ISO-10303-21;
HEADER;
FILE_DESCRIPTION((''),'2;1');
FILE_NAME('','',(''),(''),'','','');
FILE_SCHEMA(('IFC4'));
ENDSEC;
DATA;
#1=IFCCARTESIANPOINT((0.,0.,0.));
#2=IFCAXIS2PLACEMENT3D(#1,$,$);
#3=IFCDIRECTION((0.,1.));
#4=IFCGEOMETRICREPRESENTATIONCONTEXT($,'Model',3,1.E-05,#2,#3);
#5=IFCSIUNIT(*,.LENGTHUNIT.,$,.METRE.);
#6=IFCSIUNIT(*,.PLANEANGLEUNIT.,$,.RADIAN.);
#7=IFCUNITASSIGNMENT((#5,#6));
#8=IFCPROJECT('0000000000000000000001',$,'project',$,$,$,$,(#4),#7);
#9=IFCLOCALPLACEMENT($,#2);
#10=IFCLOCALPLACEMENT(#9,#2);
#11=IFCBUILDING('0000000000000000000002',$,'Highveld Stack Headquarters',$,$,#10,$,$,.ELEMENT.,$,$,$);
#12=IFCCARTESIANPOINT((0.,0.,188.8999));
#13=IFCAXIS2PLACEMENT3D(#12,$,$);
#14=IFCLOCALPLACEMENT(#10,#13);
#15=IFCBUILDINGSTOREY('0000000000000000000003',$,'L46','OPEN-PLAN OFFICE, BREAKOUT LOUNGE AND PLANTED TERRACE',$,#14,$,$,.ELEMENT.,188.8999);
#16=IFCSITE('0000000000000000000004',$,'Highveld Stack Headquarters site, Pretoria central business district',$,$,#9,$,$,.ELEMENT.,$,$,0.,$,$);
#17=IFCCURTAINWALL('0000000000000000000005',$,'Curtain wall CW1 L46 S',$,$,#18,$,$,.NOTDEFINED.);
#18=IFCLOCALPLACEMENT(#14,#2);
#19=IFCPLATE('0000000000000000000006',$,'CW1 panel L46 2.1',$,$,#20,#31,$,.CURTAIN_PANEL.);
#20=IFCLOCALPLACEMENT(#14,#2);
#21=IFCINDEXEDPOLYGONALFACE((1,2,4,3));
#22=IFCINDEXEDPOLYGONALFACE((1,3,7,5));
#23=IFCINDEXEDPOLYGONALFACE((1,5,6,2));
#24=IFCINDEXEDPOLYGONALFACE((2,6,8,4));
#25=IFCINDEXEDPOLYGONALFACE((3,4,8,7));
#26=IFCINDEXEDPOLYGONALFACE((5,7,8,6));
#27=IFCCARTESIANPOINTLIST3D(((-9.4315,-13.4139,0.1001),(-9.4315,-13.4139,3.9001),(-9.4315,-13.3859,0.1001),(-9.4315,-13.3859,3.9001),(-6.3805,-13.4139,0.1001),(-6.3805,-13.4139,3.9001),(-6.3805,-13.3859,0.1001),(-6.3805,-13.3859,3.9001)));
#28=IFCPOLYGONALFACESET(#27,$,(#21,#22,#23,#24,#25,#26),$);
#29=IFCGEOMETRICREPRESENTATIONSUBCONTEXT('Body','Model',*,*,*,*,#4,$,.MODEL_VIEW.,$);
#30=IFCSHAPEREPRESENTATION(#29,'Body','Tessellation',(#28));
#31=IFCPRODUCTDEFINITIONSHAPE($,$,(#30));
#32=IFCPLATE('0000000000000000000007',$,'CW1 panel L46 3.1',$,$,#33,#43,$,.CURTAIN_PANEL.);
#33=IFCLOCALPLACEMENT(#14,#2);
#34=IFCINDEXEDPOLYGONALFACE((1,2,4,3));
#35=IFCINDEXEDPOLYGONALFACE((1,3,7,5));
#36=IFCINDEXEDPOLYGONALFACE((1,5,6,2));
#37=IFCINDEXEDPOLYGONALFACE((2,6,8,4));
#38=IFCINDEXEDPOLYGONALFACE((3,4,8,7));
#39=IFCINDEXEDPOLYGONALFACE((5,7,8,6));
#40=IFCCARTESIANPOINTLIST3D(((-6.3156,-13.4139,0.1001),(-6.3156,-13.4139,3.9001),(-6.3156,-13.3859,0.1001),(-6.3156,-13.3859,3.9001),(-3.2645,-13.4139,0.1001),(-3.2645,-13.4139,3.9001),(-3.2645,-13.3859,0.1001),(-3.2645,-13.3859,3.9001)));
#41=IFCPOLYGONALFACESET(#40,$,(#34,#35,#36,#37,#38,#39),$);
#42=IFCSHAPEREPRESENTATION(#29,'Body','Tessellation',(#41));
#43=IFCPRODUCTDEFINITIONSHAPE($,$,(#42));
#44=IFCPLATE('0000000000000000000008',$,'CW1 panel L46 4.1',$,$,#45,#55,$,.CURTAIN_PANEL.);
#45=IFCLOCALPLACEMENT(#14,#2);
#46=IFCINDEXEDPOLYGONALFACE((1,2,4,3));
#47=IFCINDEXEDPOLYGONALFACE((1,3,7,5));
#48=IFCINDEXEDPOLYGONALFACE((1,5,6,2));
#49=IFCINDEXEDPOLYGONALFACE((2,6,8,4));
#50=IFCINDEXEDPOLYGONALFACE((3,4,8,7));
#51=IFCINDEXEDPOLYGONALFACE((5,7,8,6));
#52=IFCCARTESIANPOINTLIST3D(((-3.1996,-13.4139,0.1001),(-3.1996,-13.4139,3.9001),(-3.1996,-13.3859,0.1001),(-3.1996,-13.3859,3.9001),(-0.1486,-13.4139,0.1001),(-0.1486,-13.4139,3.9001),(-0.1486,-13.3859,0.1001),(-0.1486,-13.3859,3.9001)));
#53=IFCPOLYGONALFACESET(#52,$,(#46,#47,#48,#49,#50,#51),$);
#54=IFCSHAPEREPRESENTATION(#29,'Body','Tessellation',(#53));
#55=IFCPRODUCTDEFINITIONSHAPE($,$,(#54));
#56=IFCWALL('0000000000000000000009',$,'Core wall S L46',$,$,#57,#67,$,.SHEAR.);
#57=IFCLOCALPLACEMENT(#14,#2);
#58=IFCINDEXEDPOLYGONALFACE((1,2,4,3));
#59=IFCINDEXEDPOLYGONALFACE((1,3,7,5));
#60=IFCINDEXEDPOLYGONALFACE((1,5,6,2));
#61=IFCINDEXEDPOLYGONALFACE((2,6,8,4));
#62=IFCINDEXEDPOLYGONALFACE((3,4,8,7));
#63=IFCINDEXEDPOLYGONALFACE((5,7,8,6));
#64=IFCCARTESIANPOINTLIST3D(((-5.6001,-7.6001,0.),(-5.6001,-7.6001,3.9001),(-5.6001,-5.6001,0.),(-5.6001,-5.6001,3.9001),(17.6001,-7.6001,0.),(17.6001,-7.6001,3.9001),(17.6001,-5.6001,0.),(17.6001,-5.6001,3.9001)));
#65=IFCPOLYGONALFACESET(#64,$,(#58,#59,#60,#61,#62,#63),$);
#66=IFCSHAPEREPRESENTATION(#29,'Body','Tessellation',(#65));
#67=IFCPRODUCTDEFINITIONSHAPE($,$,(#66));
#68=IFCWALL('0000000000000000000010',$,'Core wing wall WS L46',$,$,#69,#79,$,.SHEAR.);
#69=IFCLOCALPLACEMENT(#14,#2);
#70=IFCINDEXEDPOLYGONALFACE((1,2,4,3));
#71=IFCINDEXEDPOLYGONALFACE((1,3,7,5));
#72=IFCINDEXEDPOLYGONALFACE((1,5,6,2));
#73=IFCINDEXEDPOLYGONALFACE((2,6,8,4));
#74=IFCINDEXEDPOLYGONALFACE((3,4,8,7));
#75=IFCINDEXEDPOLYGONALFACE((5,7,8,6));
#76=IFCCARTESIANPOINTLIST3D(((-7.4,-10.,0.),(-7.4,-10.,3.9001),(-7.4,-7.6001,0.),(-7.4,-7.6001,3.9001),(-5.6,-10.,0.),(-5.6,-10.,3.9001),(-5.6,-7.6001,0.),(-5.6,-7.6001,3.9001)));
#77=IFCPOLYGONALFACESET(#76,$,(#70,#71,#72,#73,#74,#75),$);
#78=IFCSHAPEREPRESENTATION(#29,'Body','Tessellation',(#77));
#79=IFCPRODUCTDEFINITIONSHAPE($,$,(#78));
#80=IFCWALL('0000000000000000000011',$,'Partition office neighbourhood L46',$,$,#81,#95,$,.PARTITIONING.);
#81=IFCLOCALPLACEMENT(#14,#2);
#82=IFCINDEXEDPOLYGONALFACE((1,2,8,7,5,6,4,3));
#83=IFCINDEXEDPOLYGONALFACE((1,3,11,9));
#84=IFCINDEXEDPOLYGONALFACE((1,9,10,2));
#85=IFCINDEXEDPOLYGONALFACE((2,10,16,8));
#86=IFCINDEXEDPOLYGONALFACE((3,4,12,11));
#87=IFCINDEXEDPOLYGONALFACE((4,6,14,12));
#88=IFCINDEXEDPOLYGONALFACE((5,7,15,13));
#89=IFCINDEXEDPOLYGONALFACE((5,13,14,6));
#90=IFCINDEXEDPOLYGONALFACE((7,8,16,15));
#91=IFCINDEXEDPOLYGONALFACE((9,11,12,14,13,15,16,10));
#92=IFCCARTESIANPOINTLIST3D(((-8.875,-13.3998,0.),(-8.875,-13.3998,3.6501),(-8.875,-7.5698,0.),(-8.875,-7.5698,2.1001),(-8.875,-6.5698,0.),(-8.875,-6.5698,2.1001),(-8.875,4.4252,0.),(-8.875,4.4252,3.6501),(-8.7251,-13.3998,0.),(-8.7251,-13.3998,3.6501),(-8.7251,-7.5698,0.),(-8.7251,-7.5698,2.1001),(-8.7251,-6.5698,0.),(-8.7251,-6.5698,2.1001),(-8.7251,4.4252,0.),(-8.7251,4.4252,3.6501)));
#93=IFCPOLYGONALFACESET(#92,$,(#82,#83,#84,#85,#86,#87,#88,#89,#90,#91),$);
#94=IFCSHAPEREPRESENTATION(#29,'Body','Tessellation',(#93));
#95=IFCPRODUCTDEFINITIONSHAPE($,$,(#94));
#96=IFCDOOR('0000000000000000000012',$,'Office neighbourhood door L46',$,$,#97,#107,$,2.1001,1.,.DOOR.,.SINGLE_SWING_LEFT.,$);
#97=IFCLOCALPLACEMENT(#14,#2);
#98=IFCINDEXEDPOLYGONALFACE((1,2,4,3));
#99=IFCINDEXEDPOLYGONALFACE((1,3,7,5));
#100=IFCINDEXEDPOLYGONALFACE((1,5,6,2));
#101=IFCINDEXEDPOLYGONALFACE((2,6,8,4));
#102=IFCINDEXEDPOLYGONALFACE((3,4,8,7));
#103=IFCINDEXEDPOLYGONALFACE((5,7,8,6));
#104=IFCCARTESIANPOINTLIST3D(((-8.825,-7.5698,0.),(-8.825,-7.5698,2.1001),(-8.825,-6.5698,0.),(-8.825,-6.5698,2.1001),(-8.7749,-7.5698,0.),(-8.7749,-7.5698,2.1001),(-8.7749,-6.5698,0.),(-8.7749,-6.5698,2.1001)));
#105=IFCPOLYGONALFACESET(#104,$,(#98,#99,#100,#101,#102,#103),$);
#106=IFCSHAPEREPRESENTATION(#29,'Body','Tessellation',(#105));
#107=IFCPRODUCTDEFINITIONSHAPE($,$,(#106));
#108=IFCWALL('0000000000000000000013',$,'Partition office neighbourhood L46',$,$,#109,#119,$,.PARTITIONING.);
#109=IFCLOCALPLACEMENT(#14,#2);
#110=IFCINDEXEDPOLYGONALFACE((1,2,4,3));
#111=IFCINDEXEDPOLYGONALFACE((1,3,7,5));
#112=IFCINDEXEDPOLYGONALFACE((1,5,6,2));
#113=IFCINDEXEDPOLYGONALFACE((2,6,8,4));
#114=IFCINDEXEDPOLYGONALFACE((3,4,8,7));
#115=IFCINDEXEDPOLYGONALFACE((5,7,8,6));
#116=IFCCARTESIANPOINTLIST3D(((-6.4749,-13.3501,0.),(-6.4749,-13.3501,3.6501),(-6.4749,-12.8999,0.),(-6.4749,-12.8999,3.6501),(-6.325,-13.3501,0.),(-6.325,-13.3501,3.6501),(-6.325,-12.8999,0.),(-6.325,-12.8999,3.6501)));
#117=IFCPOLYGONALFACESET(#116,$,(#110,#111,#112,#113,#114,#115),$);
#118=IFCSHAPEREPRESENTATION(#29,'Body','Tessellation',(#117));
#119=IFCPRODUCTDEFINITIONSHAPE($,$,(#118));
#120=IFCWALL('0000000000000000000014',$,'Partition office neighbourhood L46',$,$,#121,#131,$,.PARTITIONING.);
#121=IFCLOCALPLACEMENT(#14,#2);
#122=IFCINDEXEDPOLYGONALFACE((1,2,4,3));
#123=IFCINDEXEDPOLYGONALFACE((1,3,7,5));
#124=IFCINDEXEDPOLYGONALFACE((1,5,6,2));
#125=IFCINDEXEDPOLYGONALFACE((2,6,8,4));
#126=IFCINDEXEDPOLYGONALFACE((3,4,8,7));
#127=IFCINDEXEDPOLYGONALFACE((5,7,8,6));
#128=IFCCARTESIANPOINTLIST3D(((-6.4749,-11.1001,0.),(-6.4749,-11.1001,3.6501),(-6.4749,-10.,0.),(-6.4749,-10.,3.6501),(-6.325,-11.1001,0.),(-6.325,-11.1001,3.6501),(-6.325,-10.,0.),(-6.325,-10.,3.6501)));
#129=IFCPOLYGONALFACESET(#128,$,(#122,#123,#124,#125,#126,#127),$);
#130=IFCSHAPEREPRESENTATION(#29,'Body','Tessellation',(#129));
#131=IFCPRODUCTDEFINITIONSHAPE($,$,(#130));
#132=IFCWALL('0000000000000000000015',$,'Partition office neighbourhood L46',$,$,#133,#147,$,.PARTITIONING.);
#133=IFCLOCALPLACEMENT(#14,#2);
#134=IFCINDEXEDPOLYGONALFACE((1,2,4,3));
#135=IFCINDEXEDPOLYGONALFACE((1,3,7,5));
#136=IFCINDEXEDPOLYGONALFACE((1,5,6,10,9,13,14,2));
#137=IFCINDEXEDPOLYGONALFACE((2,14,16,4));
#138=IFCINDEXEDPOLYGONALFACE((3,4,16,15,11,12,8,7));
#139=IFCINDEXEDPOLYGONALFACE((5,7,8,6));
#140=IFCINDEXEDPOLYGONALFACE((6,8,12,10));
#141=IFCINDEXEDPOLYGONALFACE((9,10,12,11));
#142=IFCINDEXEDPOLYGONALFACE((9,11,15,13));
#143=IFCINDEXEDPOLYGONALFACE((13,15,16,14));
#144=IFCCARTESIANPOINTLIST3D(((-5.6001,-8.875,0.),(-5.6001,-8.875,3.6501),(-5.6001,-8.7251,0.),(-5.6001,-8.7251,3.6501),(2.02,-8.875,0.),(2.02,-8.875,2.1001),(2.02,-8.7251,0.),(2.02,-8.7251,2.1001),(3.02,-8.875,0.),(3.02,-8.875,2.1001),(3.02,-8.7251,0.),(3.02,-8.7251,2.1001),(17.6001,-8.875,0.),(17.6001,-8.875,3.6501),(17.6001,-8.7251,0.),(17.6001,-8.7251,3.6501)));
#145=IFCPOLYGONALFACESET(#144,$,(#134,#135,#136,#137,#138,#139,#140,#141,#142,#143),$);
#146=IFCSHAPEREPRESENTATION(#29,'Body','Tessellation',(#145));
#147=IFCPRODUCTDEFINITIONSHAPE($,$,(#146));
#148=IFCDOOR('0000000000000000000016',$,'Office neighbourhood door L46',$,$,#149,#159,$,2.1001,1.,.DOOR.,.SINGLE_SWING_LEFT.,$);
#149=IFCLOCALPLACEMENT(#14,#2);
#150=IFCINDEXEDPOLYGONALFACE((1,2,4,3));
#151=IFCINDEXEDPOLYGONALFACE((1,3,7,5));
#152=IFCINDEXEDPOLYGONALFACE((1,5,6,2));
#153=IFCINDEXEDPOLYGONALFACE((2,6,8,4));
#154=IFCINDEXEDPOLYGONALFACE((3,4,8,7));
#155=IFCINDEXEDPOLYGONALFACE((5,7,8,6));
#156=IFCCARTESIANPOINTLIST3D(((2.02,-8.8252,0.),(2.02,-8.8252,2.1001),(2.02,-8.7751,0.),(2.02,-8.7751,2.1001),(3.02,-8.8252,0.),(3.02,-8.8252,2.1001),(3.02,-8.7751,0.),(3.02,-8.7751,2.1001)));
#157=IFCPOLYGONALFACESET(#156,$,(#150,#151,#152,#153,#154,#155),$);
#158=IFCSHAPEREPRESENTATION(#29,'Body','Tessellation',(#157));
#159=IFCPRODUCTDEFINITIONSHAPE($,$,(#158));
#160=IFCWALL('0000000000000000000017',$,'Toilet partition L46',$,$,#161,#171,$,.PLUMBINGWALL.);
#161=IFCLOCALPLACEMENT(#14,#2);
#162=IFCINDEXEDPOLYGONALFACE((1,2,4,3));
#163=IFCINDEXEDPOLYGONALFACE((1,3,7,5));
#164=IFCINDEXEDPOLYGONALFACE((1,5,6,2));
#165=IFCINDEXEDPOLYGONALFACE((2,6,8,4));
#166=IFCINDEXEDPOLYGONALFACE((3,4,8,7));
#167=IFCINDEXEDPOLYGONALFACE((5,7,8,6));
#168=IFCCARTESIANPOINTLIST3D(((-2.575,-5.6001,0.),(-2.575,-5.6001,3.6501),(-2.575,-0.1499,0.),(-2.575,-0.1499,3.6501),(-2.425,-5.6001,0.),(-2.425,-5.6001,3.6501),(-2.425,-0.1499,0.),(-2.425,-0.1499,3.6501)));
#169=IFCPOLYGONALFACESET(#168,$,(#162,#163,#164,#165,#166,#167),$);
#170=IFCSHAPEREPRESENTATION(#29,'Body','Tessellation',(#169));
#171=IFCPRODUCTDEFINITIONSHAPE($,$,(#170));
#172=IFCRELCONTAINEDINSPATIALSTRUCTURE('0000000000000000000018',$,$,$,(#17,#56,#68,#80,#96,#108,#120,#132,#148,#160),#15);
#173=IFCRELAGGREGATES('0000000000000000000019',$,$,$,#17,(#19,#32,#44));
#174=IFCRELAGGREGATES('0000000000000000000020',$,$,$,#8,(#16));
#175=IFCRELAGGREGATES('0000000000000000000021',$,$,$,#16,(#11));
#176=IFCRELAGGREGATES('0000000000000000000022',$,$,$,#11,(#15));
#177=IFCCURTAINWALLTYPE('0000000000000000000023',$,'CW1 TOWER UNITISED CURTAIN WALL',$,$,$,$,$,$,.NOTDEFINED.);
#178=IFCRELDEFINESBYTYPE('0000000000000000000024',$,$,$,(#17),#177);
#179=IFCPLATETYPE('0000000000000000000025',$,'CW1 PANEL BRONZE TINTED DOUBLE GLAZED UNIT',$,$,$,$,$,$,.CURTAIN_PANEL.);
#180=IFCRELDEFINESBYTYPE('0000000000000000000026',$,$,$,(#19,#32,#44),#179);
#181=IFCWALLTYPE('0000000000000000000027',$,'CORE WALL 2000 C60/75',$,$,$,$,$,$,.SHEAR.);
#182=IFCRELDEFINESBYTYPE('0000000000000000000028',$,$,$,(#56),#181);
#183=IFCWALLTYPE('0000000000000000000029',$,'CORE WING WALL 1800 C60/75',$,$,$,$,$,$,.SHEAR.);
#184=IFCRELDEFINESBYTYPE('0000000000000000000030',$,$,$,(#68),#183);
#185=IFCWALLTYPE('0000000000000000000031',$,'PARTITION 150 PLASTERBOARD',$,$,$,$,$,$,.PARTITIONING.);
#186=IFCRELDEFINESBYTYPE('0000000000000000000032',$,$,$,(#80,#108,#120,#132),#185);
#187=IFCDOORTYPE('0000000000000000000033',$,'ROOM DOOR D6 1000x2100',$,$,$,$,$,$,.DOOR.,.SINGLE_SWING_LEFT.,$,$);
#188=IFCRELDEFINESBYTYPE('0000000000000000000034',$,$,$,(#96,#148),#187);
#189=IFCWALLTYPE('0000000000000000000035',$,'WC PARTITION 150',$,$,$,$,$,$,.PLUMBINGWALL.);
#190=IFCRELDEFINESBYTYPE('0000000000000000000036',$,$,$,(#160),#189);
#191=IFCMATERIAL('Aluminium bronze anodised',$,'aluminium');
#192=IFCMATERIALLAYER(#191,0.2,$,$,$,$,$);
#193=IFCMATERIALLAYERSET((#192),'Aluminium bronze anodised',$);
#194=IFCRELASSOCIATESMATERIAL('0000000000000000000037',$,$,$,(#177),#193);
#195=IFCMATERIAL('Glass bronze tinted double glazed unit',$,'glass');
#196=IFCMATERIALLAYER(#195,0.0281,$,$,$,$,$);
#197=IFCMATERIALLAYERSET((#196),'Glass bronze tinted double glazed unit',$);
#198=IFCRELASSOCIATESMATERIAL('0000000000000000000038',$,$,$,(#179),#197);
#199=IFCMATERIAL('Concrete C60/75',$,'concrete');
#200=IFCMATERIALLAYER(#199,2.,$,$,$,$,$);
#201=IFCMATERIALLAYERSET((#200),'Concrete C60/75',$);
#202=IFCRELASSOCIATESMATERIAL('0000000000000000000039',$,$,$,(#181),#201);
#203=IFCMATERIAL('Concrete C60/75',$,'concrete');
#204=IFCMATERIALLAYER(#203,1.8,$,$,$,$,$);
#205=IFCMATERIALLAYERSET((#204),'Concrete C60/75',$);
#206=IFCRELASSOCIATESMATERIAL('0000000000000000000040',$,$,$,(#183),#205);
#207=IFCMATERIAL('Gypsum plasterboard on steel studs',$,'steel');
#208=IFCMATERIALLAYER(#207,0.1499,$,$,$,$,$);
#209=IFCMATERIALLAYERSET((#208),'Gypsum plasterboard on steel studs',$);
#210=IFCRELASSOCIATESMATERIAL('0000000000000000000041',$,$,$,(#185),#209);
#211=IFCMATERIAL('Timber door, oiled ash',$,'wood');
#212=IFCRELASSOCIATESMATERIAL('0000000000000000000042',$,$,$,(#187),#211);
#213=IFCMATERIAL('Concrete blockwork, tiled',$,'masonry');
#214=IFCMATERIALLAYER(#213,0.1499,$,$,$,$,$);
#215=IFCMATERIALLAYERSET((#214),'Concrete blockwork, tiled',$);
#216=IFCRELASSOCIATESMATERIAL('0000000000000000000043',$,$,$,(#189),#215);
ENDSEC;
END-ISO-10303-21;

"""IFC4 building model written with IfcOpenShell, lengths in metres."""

from ifc_helpers import new_model, si_unit, direction, frame, frame_2d, origin, origin_2d, place, context, subcontext, project, spatial, rectangle, extrude, material, layer, layer_set, type_object, element, fill, aggregate, save


model = new_model("IFC4")

# Units and contexts
model_context = context("Model", 3, precision=1e-05, world=origin(), true_north=direction((0.0, 1.0)))
body_context = subcontext(model_context, "Body", "Model", "MODEL_VIEW")
ifc_project = project(units=[si_unit("LENGTHUNIT", "METRE"), si_unit("PLANEANGLEUNIT", "RADIAN")], contexts=[model_context])

# Site, building, storey
site_placement = place(None, origin())
site = spatial("IfcSite", under=ifc_project, at=site_placement, Name="Highveld Stack Headquarters site, Pretoria central business district", CompositionType="ELEMENT", RefElevation=0.0)
building_placement = place(site_placement, origin())
building = spatial("IfcBuilding", under=site, at=building_placement, Name="Highveld Stack Headquarters", CompositionType="ELEMENT")
storey_placement = place(building_placement, frame((0.0, 0.0, 188.8999)))
storey = spatial("IfcBuildingStorey", under=building, at=storey_placement, Name="L46", Description="OPEN-PLAN OFFICE, BREAKOUT LOUNGE AND PLANTED TERRACE", CompositionType="ELEMENT", Elevation=188.8999)

# Curtain wall, plates
ifc_material_1 = material(Name="Aluminium bronze anodised", Category="aluminium")
ifc_layer_1 = layer(ifc_material_1, 0.2)
ifc_layer_set_1 = layer_set([ifc_layer_1], Name="Aluminium bronze anodised")
curtain_wall_type = type_object("IfcCurtainWallType", Name="CW1 TOWER UNITISED CURTAIN WALL", PredefinedType="NOTDEFINED", material=ifc_layer_set_1)
curtain_wall_placement = place(storey_placement, origin())
curtain_wall = element("IfcCurtainWall", 1, at=curtain_wall_placement, inside=storey, type_object=curtain_wall_type, Name="Curtain wall CW1 L46 S", PredefinedType="NOTDEFINED")
ifc_material_2 = material(Name="Glass bronze tinted double glazed unit", Category="glass")
ifc_layer_2 = layer(ifc_material_2, 0.0281)
ifc_layer_set_2 = layer_set([ifc_layer_2], Name="Glass bronze tinted double glazed unit")
plate_type = type_object("IfcPlateType", Name="CW1 PANEL BRONZE TINTED DOUBLE GLAZED UNIT", PredefinedType="CURTAIN_PANEL", material=ifc_layer_set_2)
plate_1_placement = place(storey_placement, frame((-7.906, -13.3999, 0.1001), z_axis=(0.0, 0.0, 1.0), x_axis=(1.0, 0.0, 0.0)))
plate_1 = element("IfcPlate", 2, at=plate_1_placement, type_object=plate_type, Name="CW1 panel L46 2.1", PredefinedType="CURTAIN_PANEL", context=body_context, shape_type="SweptSolid", body=[
    extrude(rectangle(XDim=3.051, YDim=0.0281, at=origin_2d()), origin(), (0.0, 0.0, 1.0), 3.8),
])
plate_2_placement = place(storey_placement, frame((-4.79, -13.3999, 0.1001), z_axis=(0.0, 0.0, 1.0), x_axis=(1.0, 0.0, 0.0)))
plate_2 = element("IfcPlate", 3, at=plate_2_placement, type_object=plate_type, Name="CW1 panel L46 3.1", PredefinedType="CURTAIN_PANEL", context=body_context, shape_type="SweptSolid", body=[
    extrude(rectangle(XDim=3.051, YDim=0.0281, at=origin_2d()), origin(), (0.0, 0.0, 1.0), 3.8),
])
plate_3_placement = place(storey_placement, frame((-1.6741, -13.3999, 0.1001), z_axis=(0.0, 0.0, 1.0), x_axis=(1.0, 0.0, 0.0)))
plate_3 = element("IfcPlate", 4, at=plate_3_placement, type_object=plate_type, Name="CW1 panel L46 4.1", PredefinedType="CURTAIN_PANEL", context=body_context, shape_type="SweptSolid", body=[
    extrude(rectangle(XDim=3.051, YDim=0.0281, at=origin_2d()), origin(), (0.0, 0.0, 1.0), 3.8),
])
aggregate(curtain_wall, [plate_1, plate_2, plate_3])

# Walls
ifc_material_3 = material(Name="Concrete C60/75", Category="concrete")
ifc_layer_3 = layer(ifc_material_3, 2.0)
ifc_layer_set_3 = layer_set([ifc_layer_3], Name="Concrete C60/75")
wall_type_1 = type_object("IfcWallType", Name="CORE WALL 2000 C60/75", PredefinedType="SHEAR", material=ifc_layer_set_3)
wall_1_placement = place(storey_placement, frame((-5.6001, -6.6001, 0.0), z_axis=(0.0, 0.0, 1.0), x_axis=(1.0, 0.0, 0.0)))
element("IfcWall", 5, at=wall_1_placement, inside=storey, type_object=wall_type_1, Name="Core wall S L46", PredefinedType="SHEAR", context=body_context, shape_type="SweptSolid", body=[
    extrude(rectangle(XDim=23.2002, YDim=2.0, at=frame_2d((11.6001, 0.0))), origin(), (0.0, 0.0, 1.0), 3.9001),
])
ifc_material_4 = material(Name="Concrete C60/75", Category="concrete")
ifc_layer_4 = layer(ifc_material_4, 1.8)
ifc_layer_set_4 = layer_set([ifc_layer_4], Name="Concrete C60/75")
wall_type_2 = type_object("IfcWallType", Name="CORE WING WALL 1800 C60/75", PredefinedType="SHEAR", material=ifc_layer_set_4)
wall_2_placement = place(storey_placement, frame((-6.5, -10.0, 0.0), z_axis=(0.0, 0.0, 1.0), x_axis=(0.0, 1.0, 0.0)))
element("IfcWall", 6, at=wall_2_placement, inside=storey, type_object=wall_type_2, Name="Core wing wall WS L46", PredefinedType="SHEAR", context=body_context, shape_type="SweptSolid", body=[
    extrude(rectangle(XDim=2.3999, YDim=1.8, at=frame_2d((1.2, 0.0))), origin(), (0.0, 0.0, 1.0), 3.9001),
])

# Wall, opening, door
ifc_material_5 = material(Name="Gypsum plasterboard on steel studs", Category="steel")
ifc_layer_5 = layer(ifc_material_5, 0.1499)
ifc_layer_set_5 = layer_set([ifc_layer_5], Name="Gypsum plasterboard on steel studs")
wall_type_3 = type_object("IfcWallType", Name="PARTITION 150 PLASTERBOARD", PredefinedType="PARTITIONING", material=ifc_layer_set_5)
wall_3_placement = place(storey_placement, frame((-8.8, -13.3999, 0.0), z_axis=(0.0, 0.0, 1.0), x_axis=(0.0, 1.0, 0.0)))
wall_3 = element("IfcWall", 7, at=wall_3_placement, inside=storey, type_object=wall_type_3, Name="Partition office neighbourhood L46", PredefinedType="PARTITIONING", context=body_context, shape_type="SweptSolid", body=[
    extrude(rectangle(XDim=17.825, YDim=0.1499, at=frame_2d((8.9126, 0.0))), origin(), (0.0, 0.0, 1.0), 3.6501),
])
opening_1_placement = place(wall_3_placement, frame((5.8301, 0.0, 0.0)))
opening_1 = element("IfcOpeningElement", 8, at=opening_1_placement, cuts=wall_3, PredefinedType="OPENING", context=body_context, shape_type="SweptSolid", body=[
    extrude(rectangle(XDim=1.0, YDim=2.1001, at=frame_2d((0.5, 1.05))), frame((0.0, 0.085, 0.0), z_axis=(0.0, -1.0, 0.0), x_axis=(1.0, 0.0, 0.0)), (0.0, 0.0, 1.0), 0.1699),
])
ifc_material_6 = material(Name="Timber door, oiled ash", Category="wood")
door_type_1 = type_object("IfcDoorType", Name="ROOM DOOR D6 1000x2100", OperationType="SINGLE_SWING_LEFT", PredefinedType="DOOR", material=ifc_material_6)
door_1_placement = place(opening_1_placement, origin())
door_1 = element("IfcDoor", 9, at=door_1_placement, inside=storey, type_object=door_type_1, Name="Office neighbourhood door L46", OperationType="SINGLE_SWING_LEFT", OverallHeight=2.1001, OverallWidth=1.0, PredefinedType="DOOR", context=body_context, shape_type="SweptSolid", body=[
    extrude(rectangle(XDim=1.0, YDim=2.1001, at=frame_2d((0.5, 1.05))), frame((0.0, 0.0249, 0.0), z_axis=(0.0, -1.0, 0.0), x_axis=(1.0, 0.0, 0.0)), (0.0, 0.0, 1.0), 0.05),
])
fill(opening_1, door_1)

# Walls
wall_4_placement = place(storey_placement, frame((-6.3999, -13.3501, 0.0), z_axis=(0.0, 0.0, 1.0), x_axis=(0.0, 1.0, 0.0)))
element("IfcWall", 10, at=wall_4_placement, inside=storey, type_object=wall_type_3, Name="Partition office neighbourhood L46", PredefinedType="PARTITIONING", context=body_context, shape_type="SweptSolid", body=[
    extrude(rectangle(XDim=0.4502, YDim=0.1499, at=frame_2d((0.2251, 0.0))), origin(), (0.0, 0.0, 1.0), 3.6501),
])
wall_5_placement = place(storey_placement, frame((-6.3999, -11.1001, 0.0), z_axis=(0.0, 0.0, 1.0), x_axis=(0.0, 1.0, 0.0)))
element("IfcWall", 11, at=wall_5_placement, inside=storey, type_object=wall_type_3, Name="Partition office neighbourhood L46", PredefinedType="PARTITIONING", context=body_context, shape_type="SweptSolid", body=[
    extrude(rectangle(XDim=1.1001, YDim=0.1499, at=frame_2d((0.55, 0.0))), origin(), (0.0, 0.0, 1.0), 3.6501),
])

# Wall, opening, door
wall_6_placement = place(storey_placement, frame((-5.6001, -8.8, 0.0), z_axis=(0.0, 0.0, 1.0), x_axis=(1.0, 0.0, 0.0)))
wall_6 = element("IfcWall", 12, at=wall_6_placement, inside=storey, type_object=wall_type_3, Name="Partition office neighbourhood L46", PredefinedType="PARTITIONING", context=body_context, shape_type="SweptSolid", body=[
    extrude(rectangle(XDim=23.2002, YDim=0.1499, at=frame_2d((11.6001, 0.0))), origin(), (0.0, 0.0, 1.0), 3.6501),
])
opening_2_placement = place(wall_6_placement, frame((7.6201, 0.0, 0.0)))
opening_2 = element("IfcOpeningElement", 13, at=opening_2_placement, cuts=wall_6, PredefinedType="OPENING", context=body_context, shape_type="SweptSolid", body=[
    extrude(rectangle(XDim=1.0, YDim=2.1001, at=frame_2d((0.5, 1.05))), frame((0.0, 0.085, 0.0), z_axis=(0.0, -1.0, 0.0), x_axis=(1.0, 0.0, 0.0)), (0.0, 0.0, 1.0), 0.1699),
])
door_2_placement = place(opening_2_placement, origin())
door_2 = element("IfcDoor", 14, at=door_2_placement, inside=storey, type_object=door_type_1, Name="Office neighbourhood door L46", OperationType="SINGLE_SWING_LEFT", OverallHeight=2.1001, OverallWidth=1.0, PredefinedType="DOOR", context=body_context, shape_type="SweptSolid", body=[
    extrude(rectangle(XDim=1.0, YDim=2.1001, at=frame_2d((0.5, 1.05))), frame((0.0, 0.0249, 0.0), z_axis=(0.0, -1.0, 0.0), x_axis=(1.0, 0.0, 0.0)), (0.0, 0.0, 1.0), 0.05),
])
fill(opening_2, door_2)

# Wall
ifc_material_7 = material(Name="Concrete blockwork, tiled", Category="masonry")
ifc_layer_6 = layer(ifc_material_7, 0.1499)
ifc_layer_set_6 = layer_set([ifc_layer_6], Name="Concrete blockwork, tiled")
wall_type_4 = type_object("IfcWallType", Name="WC PARTITION 150", PredefinedType="PLUMBINGWALL", material=ifc_layer_set_6)
wall_7_placement = place(storey_placement, frame((-2.5, -5.6001, 0.0), z_axis=(0.0, 0.0, 1.0), x_axis=(0.0, 1.0, 0.0)))
element("IfcWall", 15, at=wall_7_placement, inside=storey, type_object=wall_type_4, Name="Toilet partition L46", PredefinedType="PLUMBINGWALL", context=body_context, shape_type="SweptSolid", body=[
    extrude(rectangle(XDim=5.4502, YDim=0.1499, at=frame_2d((2.7251, 0.0))), origin(), (0.0, 0.0, 1.0), 3.6501),
])

save(model, "model.ifc")
